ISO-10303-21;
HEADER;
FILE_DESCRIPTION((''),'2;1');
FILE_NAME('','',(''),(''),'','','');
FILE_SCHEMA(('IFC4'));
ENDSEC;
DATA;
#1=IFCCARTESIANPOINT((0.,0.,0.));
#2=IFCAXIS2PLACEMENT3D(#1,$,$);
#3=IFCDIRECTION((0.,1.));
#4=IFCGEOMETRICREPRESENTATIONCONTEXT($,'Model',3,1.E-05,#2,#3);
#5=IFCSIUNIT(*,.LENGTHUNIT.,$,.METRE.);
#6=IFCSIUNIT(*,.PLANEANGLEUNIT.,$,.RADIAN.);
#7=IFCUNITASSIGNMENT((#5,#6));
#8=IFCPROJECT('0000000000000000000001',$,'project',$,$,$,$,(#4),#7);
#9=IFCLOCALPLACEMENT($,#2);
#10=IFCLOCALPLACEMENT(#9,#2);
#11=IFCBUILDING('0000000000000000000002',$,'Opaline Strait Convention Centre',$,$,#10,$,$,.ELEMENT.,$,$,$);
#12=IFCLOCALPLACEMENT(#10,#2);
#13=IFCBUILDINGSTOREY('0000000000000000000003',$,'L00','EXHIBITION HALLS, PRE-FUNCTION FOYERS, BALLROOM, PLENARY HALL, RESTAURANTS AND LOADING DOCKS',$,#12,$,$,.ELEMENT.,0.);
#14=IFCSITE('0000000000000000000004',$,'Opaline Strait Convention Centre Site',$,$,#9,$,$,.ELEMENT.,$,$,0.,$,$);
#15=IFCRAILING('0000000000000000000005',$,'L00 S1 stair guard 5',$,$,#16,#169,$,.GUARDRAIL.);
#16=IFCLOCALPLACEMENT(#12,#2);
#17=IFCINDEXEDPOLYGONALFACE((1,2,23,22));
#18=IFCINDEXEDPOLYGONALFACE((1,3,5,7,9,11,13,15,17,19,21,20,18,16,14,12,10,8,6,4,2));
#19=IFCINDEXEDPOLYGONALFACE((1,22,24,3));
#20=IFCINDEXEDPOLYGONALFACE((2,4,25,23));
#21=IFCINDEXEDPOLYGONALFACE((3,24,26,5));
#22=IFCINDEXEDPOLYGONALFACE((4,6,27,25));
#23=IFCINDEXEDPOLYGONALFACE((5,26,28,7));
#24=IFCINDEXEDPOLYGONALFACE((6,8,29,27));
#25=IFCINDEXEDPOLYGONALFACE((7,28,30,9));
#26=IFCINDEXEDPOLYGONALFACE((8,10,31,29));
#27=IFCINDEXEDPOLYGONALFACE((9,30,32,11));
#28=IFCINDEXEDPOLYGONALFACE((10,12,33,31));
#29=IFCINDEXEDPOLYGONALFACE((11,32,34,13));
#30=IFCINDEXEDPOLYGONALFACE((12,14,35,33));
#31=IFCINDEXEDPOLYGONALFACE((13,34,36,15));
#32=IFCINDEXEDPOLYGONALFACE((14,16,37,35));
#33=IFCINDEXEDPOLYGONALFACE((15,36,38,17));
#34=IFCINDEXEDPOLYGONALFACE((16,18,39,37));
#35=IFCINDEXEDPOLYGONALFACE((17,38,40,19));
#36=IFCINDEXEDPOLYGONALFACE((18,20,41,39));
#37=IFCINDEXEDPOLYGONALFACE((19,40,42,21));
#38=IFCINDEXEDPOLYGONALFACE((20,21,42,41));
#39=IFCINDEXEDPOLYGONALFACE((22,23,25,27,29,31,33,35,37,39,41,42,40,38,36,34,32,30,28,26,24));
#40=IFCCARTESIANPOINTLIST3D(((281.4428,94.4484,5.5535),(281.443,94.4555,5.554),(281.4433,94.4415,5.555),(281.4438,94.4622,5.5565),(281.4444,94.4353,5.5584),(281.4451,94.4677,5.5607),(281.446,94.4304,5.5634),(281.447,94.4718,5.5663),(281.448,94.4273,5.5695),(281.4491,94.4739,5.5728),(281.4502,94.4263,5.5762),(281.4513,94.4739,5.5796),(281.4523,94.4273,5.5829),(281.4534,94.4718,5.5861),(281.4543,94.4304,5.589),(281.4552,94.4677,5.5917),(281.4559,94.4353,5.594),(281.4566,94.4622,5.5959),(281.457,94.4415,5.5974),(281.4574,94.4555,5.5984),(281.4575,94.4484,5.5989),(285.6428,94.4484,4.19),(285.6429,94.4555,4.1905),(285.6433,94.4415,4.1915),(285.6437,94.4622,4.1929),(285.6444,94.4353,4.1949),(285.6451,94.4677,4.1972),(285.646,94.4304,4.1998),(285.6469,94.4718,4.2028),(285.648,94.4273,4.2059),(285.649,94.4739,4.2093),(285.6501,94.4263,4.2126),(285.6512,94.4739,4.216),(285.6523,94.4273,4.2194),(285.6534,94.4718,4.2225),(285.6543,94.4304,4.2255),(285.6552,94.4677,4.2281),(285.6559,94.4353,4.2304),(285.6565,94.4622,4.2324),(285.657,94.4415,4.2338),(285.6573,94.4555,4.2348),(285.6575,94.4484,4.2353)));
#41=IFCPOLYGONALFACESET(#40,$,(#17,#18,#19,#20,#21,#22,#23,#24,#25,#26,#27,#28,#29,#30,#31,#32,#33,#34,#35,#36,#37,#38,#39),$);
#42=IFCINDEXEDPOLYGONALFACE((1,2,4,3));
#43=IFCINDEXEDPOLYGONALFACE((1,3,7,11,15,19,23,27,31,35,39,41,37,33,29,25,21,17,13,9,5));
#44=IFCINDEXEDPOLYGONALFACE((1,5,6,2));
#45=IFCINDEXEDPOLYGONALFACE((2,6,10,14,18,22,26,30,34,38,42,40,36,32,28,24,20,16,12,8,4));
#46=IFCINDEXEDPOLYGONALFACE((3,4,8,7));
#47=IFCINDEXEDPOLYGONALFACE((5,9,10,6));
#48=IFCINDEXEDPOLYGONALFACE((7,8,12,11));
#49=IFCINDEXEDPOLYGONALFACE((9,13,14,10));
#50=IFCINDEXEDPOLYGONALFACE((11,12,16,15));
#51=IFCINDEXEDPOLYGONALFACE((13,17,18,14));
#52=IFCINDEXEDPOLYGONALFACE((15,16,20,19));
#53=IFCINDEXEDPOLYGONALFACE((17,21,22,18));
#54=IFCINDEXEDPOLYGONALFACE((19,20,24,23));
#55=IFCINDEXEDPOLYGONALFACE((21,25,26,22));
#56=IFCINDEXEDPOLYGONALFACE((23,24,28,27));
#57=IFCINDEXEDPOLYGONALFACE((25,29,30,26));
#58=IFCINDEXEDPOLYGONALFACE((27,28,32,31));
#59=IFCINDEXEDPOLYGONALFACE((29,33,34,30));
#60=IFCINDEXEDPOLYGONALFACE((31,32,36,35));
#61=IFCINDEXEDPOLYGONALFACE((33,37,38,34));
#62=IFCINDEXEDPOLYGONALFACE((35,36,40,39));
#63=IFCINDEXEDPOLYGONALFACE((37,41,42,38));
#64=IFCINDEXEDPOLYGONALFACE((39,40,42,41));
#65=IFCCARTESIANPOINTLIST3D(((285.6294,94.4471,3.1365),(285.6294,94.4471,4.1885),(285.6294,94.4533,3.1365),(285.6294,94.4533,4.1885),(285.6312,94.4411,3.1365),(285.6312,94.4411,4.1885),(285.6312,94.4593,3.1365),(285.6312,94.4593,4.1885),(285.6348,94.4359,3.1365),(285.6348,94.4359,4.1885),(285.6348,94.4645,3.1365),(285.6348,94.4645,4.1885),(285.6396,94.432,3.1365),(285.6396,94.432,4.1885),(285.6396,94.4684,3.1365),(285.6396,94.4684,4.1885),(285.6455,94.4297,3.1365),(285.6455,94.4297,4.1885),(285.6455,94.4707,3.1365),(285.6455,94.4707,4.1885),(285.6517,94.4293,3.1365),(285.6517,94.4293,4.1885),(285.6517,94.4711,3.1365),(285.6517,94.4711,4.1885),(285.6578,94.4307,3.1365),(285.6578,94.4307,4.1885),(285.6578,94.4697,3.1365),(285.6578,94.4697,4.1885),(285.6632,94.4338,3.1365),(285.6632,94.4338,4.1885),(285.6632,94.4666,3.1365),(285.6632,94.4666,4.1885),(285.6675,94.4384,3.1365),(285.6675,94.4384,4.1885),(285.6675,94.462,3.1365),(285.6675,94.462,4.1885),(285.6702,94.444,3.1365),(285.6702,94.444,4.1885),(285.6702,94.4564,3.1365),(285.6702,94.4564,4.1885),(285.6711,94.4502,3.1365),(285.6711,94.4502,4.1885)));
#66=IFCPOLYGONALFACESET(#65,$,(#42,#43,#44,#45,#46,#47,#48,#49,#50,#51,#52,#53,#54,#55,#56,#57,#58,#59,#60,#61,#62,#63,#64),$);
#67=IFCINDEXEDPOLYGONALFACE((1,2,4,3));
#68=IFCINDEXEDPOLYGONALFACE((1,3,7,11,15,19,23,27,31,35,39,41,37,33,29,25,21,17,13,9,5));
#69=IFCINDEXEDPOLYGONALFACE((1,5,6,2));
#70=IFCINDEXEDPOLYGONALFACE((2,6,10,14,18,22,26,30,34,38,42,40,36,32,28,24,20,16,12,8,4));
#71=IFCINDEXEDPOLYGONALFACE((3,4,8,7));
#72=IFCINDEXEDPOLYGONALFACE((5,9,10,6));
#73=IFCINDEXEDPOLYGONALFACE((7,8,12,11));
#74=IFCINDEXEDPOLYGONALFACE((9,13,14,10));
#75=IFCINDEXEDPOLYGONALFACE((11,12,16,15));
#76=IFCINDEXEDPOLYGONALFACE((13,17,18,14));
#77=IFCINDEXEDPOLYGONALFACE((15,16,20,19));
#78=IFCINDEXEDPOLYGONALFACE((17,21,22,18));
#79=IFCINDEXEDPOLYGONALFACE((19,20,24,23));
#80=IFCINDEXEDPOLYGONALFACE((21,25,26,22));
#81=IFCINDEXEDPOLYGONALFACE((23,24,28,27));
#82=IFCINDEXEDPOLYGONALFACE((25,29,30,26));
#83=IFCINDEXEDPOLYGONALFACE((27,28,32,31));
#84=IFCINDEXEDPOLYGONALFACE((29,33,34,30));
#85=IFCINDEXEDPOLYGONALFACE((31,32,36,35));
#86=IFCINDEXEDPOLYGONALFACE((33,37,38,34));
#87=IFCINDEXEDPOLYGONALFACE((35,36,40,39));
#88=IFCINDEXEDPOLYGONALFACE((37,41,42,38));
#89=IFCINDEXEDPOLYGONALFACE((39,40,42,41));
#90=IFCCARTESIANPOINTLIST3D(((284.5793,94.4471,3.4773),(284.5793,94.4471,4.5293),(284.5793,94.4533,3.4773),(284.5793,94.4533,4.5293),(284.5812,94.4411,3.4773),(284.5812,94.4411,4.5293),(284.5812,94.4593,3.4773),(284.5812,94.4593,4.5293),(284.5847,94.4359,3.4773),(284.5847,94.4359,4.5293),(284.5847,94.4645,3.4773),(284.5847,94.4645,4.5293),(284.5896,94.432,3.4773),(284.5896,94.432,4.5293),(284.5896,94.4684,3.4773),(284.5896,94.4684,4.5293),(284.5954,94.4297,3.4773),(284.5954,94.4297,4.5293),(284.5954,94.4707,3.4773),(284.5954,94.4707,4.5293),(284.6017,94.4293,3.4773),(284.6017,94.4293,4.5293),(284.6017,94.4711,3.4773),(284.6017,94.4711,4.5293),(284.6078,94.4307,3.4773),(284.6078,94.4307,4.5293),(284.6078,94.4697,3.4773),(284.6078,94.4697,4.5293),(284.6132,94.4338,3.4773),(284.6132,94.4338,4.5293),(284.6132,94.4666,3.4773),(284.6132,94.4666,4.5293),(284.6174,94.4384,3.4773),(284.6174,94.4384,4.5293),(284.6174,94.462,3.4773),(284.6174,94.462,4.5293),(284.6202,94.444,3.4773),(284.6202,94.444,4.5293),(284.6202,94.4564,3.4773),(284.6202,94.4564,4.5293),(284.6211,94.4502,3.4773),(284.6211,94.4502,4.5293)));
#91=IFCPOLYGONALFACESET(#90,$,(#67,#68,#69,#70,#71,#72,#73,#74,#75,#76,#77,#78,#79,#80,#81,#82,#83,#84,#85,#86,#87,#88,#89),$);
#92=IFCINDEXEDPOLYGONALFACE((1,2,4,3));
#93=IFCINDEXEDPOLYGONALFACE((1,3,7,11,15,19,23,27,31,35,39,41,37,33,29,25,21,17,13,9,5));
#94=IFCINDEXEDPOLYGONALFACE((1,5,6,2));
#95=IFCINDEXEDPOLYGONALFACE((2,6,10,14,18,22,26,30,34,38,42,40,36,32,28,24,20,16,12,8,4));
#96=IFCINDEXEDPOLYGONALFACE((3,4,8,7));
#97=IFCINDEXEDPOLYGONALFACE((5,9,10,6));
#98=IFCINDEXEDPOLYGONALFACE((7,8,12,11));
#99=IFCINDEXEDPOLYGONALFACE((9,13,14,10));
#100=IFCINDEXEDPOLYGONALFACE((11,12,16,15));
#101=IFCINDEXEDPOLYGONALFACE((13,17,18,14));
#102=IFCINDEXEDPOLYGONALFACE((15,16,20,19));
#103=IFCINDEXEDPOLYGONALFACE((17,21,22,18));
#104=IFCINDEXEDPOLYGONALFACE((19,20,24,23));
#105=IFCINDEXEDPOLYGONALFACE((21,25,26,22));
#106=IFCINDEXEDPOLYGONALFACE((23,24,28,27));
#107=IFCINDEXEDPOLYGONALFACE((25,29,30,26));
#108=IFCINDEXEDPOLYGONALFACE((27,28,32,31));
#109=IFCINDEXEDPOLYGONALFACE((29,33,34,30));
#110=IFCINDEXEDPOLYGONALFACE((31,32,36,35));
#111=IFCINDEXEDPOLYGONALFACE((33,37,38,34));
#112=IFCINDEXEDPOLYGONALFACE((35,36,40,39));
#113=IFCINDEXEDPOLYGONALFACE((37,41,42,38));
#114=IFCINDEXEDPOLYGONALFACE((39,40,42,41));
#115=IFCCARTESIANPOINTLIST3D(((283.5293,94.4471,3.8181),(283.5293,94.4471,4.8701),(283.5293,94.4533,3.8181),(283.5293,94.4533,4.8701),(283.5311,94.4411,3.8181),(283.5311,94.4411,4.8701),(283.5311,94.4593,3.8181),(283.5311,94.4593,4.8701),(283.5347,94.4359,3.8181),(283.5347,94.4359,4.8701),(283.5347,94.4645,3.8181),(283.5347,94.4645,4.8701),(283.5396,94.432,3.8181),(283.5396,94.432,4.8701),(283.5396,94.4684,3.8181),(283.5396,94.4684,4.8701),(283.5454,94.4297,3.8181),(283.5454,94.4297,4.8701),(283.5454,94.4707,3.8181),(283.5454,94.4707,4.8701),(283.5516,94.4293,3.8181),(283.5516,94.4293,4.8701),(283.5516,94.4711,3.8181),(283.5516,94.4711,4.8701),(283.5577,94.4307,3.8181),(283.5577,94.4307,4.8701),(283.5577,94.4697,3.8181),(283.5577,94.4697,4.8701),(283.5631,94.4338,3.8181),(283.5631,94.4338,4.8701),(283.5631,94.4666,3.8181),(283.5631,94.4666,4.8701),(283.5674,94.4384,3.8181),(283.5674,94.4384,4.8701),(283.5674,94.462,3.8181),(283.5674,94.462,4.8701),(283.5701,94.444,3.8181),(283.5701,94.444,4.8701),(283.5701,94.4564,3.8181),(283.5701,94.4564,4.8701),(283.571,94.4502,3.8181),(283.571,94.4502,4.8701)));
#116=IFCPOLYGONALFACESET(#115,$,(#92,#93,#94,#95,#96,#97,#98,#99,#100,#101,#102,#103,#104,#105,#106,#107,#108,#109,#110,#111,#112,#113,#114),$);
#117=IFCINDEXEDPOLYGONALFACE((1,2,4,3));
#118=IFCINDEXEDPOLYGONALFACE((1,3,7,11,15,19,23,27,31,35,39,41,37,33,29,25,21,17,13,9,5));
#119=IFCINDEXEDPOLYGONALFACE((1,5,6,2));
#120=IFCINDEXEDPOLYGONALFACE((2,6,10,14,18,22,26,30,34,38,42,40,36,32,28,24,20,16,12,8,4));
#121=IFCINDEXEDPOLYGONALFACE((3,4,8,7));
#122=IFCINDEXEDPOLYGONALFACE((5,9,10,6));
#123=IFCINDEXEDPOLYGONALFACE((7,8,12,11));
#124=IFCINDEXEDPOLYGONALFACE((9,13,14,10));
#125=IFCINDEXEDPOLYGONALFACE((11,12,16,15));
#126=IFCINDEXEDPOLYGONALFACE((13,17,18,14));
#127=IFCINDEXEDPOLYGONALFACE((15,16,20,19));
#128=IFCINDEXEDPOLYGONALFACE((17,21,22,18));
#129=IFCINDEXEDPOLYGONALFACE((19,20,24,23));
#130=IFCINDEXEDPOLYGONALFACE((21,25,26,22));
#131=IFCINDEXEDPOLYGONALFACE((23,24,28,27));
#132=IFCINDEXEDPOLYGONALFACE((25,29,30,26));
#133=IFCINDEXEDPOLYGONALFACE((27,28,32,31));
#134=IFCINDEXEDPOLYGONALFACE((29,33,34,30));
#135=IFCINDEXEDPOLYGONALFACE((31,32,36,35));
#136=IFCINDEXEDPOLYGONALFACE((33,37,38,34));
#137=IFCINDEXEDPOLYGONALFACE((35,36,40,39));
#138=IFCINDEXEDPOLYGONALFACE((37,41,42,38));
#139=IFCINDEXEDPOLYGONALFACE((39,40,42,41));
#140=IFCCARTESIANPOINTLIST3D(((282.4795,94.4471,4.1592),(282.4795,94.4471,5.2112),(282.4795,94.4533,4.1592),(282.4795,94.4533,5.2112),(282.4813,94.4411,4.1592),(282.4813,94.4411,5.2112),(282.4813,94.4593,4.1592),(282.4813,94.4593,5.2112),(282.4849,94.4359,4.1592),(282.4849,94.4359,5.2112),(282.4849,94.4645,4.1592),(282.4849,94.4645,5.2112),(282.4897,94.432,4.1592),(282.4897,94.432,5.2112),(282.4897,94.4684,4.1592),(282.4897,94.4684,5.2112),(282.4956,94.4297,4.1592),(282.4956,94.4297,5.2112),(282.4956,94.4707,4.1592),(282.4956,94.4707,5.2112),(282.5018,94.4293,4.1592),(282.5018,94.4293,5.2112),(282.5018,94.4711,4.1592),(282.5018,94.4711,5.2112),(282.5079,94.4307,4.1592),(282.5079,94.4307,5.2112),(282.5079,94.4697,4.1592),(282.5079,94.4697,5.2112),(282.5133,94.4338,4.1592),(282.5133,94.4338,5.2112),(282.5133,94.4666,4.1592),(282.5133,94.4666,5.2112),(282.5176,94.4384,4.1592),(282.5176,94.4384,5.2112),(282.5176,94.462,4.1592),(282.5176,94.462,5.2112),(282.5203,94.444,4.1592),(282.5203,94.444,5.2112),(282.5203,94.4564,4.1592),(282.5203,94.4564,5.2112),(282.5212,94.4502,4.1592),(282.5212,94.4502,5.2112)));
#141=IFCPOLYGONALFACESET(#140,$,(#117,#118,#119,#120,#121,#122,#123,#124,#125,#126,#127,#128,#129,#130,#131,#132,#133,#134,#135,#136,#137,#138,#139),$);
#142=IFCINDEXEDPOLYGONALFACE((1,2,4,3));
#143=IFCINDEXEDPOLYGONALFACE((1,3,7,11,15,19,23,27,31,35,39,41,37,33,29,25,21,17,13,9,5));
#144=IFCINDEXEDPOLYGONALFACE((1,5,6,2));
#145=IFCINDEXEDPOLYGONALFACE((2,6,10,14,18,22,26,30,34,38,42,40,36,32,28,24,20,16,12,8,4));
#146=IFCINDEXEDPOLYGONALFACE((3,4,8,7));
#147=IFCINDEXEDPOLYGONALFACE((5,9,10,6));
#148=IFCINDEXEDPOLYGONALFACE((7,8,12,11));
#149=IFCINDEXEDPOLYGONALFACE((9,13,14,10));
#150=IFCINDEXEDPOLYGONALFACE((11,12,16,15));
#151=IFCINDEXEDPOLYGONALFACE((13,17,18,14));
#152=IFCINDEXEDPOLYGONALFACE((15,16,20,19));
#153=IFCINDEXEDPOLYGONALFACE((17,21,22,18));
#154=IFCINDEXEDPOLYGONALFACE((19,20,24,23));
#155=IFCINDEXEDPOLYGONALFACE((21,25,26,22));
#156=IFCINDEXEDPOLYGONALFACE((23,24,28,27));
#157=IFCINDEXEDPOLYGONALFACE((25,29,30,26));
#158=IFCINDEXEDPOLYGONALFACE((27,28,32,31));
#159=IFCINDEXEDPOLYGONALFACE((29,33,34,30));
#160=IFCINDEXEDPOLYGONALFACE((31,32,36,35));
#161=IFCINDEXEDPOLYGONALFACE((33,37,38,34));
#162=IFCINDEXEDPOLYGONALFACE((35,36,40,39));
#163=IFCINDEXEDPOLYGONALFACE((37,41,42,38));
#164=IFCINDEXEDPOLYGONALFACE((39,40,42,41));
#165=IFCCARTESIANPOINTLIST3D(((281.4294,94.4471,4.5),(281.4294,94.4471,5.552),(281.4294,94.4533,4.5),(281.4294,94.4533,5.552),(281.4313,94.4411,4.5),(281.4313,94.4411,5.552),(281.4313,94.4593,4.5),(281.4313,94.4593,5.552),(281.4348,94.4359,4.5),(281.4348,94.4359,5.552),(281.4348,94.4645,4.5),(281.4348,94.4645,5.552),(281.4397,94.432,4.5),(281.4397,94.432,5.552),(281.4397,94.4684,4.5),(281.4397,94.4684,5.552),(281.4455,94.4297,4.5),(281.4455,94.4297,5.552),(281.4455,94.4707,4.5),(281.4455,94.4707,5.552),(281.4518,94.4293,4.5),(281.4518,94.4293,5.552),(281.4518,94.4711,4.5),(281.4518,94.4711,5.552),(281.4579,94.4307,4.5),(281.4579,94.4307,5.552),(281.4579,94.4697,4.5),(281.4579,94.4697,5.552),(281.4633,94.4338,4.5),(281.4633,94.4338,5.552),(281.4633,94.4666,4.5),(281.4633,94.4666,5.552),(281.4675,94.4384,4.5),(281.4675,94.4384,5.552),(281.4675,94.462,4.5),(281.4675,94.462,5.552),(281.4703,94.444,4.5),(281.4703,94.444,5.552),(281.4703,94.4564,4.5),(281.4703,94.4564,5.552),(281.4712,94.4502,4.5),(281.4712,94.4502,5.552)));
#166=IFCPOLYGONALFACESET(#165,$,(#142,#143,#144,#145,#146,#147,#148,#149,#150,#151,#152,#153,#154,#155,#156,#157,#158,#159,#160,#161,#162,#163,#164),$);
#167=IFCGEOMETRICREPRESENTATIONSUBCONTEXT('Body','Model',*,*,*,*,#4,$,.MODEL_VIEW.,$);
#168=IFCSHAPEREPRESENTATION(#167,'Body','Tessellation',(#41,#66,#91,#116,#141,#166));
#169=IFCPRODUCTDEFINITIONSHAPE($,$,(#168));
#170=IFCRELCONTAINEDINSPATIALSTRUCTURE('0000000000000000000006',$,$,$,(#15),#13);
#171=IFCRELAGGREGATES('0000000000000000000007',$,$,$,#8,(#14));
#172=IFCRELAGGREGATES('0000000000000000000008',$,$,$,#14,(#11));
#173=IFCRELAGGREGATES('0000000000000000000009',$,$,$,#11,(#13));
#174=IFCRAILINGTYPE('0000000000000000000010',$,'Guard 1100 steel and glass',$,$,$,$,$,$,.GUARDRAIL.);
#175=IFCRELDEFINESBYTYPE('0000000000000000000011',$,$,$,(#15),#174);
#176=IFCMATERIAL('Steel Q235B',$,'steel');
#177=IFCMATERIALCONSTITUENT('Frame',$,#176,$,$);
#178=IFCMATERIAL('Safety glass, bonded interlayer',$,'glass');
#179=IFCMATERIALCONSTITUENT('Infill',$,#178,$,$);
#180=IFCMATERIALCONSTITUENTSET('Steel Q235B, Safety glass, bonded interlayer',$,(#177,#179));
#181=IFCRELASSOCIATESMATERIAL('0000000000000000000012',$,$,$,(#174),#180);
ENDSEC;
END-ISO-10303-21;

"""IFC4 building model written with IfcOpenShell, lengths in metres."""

from ifc_helpers import new_model, si_unit, direction, frame, origin, origin_2d, place, context, subcontext, project, spatial, circle, extrude, material, constituent, constituent_set, type_object, element, save


model = new_model("IFC4")

# Units and contexts
model_context = context("Model", 3, precision=1e-05, world=origin(), true_north=direction((0.0, 1.0)))
body_context = subcontext(model_context, "Body", "Model", "MODEL_VIEW")
ifc_project = project(units=[si_unit("LENGTHUNIT", "METRE"), si_unit("PLANEANGLEUNIT", "RADIAN")], contexts=[model_context])

# Site, building, storey
site_placement = place(None, origin())
site = spatial("IfcSite", under=ifc_project, at=site_placement, Name="Opaline Strait Convention Centre Site", CompositionType="ELEMENT", RefElevation=0.0)
building_placement = place(site_placement, origin())
building = spatial("IfcBuilding", under=site, at=building_placement, Name="Opaline Strait Convention Centre", CompositionType="ELEMENT")
storey_placement = place(building_placement, origin())
storey = spatial("IfcBuildingStorey", under=building, at=storey_placement, Name="L00", Description="EXHIBITION HALLS, PRE-FUNCTION FOYERS, BALLROOM, PLENARY HALL, RESTAURANTS AND LOADING DOCKS", CompositionType="ELEMENT", Elevation=0.0)

# Railing
ifc_material_1 = material(Name="Steel Q235B", Category="steel")
ifc_constituent_1 = constituent(ifc_material_1, Name="Frame")
ifc_material_2 = material(Name="Safety glass, bonded interlayer", Category="glass")
ifc_constituent_2 = constituent(ifc_material_2, Name="Infill")
ifc_constituent_set = constituent_set(constituents=[ifc_constituent_1, ifc_constituent_2], Name="Steel Q235B, Safety glass, bonded interlayer")
railing_type_1 = type_object("IfcRailingType", Name="Guard 1100 steel and glass", PredefinedType="GUARDRAIL", material=ifc_constituent_set)
for number, where, name in (
    (1, (285.6501, 94.4502, 3.1365), "L00 S1 stair guard 5"),
):
    element("IfcRailing", number, at=place(storey_placement, frame(where)), inside=storey, type_object=railing_type_1, Name=name, PredefinedType="GUARDRAIL", context=body_context, shape_type="SweptSolid", body=[
        extrude(circle(Radius=0.0239, at=origin_2d()), frame((0.0, 0.0, 1.0762), z_axis=(-0.951131, 0.0, 0.308787), x_axis=(0.0, -1.0, 0.0)), (0.0, 0.0, 1.0), 4.4158),
        extrude(circle(Radius=0.021, at=origin_2d()), origin(), (0.0, 0.0, 1.0), 1.052),
        extrude(circle(Radius=0.021, at=origin_2d()), frame((-1.05, 0.0, 0.3408)), (0.0, 0.0, 1.0), 1.052),
        extrude(circle(Radius=0.021, at=origin_2d()), frame((-2.1001, 0.0, 0.6816)), (0.0, 0.0, 1.0), 1.052),
        extrude(circle(Radius=0.021, at=origin_2d()), frame((-3.1499, 0.0, 1.0227)), (0.0, 0.0, 1.0), 1.052),
        extrude(circle(Radius=0.021, at=origin_2d()), frame((-4.2, 0.0, 1.3635)), (0.0, 0.0, 1.0), 1.052),
    ])

save(model, "model.ifc")
